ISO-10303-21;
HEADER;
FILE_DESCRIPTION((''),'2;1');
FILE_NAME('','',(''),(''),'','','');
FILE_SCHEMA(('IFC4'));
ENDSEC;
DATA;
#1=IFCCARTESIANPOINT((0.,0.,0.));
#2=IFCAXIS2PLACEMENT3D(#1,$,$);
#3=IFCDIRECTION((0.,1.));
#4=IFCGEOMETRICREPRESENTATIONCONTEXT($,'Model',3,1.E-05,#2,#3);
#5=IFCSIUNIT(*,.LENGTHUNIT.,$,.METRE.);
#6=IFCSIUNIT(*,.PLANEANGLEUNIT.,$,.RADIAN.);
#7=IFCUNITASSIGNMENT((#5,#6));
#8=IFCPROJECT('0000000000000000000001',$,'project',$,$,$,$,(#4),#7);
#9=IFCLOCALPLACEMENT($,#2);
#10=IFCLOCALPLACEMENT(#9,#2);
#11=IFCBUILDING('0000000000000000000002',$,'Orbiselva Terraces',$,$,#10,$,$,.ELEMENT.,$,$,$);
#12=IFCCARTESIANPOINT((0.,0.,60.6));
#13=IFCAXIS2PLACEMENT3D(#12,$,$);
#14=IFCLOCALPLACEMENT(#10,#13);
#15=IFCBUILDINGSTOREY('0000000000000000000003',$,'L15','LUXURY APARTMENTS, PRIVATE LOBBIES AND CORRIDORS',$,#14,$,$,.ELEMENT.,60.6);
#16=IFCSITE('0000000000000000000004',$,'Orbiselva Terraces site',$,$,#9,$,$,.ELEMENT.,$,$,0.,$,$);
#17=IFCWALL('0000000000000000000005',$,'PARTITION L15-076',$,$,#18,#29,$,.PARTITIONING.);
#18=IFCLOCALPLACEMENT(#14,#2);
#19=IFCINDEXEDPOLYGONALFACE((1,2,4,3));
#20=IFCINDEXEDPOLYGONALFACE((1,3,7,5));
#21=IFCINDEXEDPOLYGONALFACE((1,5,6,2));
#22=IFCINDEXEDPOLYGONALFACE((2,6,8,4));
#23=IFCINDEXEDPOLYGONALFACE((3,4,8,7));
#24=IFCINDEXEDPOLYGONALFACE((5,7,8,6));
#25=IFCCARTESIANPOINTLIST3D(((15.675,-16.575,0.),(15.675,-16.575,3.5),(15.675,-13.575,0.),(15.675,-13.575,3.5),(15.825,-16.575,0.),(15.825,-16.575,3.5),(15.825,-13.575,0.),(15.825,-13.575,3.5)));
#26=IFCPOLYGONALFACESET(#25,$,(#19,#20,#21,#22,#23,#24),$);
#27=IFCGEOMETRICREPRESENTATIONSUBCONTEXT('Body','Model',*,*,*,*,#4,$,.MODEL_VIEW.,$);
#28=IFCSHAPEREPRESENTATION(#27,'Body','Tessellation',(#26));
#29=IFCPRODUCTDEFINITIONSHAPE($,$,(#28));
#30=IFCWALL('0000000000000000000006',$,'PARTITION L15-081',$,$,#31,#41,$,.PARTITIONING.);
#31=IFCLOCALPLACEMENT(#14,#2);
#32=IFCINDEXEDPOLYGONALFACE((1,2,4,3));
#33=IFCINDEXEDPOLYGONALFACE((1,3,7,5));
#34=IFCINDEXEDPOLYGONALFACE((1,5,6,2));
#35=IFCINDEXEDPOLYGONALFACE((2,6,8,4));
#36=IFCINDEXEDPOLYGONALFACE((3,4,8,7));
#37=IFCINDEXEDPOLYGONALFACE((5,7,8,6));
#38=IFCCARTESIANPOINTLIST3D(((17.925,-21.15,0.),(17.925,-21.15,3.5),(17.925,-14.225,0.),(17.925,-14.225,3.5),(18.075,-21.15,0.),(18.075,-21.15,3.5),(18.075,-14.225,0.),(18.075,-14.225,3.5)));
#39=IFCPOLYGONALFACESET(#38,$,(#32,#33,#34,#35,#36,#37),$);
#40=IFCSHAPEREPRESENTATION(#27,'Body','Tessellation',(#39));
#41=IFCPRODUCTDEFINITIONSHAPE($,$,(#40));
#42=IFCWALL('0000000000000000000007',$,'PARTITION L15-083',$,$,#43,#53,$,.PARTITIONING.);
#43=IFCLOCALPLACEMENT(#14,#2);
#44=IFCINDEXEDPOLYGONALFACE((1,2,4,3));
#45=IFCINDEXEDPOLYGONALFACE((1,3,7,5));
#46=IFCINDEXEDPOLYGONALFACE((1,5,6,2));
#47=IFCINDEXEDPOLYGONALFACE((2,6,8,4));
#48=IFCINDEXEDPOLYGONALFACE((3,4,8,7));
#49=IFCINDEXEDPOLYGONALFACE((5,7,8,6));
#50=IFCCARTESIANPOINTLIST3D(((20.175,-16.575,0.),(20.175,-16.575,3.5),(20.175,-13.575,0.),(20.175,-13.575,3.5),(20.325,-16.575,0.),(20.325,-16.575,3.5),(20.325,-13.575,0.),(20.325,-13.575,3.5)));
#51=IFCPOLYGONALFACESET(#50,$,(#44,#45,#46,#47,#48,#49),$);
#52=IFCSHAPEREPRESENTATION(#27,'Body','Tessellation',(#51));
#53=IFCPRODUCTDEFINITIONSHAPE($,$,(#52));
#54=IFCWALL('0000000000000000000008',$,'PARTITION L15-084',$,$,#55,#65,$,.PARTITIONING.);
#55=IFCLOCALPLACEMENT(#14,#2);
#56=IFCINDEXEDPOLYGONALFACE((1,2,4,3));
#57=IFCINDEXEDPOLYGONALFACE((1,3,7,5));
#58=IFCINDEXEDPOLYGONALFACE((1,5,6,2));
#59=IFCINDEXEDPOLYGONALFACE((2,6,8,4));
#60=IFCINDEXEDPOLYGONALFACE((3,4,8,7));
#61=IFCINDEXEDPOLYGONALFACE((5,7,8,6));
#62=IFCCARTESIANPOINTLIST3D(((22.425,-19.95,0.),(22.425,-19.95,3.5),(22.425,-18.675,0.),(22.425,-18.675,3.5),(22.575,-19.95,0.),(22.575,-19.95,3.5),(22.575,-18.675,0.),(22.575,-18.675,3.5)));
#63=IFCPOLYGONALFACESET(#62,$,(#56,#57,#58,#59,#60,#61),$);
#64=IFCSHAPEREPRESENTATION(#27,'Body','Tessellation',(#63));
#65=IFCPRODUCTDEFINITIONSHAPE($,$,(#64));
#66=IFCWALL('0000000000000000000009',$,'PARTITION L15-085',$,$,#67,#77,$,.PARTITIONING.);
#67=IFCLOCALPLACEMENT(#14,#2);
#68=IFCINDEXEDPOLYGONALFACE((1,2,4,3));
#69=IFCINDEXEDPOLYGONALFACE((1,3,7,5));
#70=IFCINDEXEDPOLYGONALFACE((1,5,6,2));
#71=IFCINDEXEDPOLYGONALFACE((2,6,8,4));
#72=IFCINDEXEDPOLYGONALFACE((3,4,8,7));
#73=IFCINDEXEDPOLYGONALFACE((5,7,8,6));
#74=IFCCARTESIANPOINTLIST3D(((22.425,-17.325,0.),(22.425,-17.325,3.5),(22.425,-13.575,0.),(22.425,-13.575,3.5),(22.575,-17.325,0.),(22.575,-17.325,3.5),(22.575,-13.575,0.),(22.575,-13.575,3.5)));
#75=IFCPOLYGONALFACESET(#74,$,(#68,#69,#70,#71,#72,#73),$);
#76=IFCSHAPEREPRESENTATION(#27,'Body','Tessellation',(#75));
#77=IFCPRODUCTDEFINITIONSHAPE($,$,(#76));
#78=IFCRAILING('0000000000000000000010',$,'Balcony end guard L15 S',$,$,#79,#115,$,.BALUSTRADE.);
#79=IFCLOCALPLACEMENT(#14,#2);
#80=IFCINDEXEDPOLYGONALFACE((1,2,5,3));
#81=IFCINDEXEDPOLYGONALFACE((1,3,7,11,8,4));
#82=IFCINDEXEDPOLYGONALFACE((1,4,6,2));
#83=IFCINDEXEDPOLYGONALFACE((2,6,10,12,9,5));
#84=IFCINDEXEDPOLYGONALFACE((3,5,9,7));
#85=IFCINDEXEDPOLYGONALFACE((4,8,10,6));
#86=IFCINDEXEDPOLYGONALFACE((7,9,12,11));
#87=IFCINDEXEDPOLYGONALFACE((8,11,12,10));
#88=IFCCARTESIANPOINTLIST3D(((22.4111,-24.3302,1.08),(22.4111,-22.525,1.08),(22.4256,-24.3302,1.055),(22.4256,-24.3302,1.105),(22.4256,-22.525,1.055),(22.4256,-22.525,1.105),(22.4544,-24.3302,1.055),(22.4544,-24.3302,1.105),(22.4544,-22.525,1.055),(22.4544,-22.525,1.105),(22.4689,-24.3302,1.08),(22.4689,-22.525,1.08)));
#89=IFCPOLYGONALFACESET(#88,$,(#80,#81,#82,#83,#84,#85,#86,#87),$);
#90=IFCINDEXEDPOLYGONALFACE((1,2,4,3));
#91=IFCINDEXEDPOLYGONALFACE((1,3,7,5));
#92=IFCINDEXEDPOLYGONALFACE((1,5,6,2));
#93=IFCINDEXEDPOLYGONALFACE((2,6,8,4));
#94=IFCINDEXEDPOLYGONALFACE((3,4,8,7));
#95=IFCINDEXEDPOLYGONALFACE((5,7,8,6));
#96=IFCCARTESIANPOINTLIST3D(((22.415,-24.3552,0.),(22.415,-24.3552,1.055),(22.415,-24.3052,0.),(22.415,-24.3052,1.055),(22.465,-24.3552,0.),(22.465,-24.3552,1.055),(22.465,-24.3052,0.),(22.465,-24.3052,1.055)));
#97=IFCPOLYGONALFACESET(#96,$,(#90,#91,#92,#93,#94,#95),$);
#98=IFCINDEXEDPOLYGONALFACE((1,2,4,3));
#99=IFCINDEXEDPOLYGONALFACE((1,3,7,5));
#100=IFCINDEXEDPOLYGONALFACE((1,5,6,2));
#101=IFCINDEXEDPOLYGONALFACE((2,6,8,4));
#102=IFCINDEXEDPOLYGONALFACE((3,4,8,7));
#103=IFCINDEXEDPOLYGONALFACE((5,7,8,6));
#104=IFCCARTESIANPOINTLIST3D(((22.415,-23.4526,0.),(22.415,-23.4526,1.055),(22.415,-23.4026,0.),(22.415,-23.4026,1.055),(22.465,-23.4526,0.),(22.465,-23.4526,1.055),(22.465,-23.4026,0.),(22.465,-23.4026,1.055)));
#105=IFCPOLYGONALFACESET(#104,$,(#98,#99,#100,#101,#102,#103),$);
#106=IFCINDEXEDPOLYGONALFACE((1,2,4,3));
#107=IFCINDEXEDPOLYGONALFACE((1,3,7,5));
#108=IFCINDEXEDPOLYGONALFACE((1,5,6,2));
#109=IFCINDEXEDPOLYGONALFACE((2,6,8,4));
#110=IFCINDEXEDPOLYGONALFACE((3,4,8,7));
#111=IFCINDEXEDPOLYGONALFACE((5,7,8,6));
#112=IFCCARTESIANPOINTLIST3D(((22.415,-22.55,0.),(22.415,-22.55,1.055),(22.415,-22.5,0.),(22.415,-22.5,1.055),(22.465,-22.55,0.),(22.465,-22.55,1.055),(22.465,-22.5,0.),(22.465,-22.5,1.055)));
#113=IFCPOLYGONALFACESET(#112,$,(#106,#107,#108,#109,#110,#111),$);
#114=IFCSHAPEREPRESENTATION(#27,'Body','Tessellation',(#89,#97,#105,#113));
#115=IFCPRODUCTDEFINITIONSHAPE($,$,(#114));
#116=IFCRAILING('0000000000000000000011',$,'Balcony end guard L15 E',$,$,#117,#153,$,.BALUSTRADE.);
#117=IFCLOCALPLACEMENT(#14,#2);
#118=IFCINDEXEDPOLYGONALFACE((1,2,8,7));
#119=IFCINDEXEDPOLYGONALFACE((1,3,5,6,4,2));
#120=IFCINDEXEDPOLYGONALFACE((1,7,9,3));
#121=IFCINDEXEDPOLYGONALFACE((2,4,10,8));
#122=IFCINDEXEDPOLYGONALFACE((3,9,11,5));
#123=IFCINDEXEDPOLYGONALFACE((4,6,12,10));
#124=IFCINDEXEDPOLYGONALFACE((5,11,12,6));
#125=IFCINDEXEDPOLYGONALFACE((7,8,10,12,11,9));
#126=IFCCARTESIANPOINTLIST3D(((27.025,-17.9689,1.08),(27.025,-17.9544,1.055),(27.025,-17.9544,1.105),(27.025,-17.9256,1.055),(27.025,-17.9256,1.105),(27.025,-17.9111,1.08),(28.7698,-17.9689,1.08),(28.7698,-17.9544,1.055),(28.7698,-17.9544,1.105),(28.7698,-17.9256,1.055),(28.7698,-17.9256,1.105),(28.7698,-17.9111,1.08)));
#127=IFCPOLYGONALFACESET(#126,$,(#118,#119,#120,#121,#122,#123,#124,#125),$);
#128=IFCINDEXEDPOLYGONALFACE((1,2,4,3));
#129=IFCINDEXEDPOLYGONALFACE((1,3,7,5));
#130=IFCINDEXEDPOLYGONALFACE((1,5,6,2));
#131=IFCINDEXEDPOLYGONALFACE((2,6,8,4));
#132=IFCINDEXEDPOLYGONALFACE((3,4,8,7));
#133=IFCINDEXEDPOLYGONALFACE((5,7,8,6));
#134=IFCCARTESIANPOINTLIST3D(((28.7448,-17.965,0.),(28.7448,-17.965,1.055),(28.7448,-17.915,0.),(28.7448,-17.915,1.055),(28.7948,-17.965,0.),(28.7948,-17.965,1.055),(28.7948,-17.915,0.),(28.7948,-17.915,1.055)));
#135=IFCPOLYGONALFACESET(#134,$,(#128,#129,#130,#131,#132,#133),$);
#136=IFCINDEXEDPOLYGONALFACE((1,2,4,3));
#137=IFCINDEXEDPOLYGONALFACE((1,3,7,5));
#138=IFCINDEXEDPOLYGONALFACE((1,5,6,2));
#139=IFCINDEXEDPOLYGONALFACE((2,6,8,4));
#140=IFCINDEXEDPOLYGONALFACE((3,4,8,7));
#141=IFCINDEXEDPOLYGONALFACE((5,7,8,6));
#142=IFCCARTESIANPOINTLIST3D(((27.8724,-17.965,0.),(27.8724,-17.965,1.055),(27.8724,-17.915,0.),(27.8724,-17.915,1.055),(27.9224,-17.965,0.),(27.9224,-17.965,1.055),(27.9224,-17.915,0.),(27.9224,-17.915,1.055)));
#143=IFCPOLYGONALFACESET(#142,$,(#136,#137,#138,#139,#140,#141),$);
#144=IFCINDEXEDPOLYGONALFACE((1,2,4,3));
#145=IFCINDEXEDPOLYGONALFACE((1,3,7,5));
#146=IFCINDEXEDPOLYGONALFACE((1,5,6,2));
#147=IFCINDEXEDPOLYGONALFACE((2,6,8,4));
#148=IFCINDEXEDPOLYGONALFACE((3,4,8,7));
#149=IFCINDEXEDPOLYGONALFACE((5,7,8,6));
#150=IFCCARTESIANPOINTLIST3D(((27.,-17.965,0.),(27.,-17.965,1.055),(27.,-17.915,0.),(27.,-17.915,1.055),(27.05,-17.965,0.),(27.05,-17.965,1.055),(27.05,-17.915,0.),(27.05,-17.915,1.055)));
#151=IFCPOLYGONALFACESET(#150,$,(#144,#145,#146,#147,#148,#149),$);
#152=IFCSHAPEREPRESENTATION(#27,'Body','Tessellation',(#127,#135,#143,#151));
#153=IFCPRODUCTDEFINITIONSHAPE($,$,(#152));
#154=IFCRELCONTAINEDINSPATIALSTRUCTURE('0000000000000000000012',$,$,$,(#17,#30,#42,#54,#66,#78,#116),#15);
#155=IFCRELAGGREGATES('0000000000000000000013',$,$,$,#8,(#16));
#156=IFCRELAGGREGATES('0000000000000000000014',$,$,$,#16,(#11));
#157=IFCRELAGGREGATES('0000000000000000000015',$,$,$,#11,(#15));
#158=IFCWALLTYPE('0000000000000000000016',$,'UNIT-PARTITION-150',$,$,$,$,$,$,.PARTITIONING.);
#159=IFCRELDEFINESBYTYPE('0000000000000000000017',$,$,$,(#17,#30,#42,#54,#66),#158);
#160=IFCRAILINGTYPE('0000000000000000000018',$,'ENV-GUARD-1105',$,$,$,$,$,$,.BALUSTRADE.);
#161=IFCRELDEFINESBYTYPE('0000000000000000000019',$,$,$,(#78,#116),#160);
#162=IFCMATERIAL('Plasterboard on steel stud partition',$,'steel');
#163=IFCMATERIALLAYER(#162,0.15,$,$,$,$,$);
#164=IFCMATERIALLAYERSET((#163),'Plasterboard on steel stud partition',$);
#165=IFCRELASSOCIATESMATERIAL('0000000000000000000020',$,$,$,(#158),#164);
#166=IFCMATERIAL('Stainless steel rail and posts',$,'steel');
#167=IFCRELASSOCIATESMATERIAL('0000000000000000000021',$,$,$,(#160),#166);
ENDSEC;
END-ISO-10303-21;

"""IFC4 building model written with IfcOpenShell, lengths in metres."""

from ifc_helpers import new_model, si_unit, direction, frame, frame_2d, origin, origin_2d, place, context, subcontext, project, spatial, polyline, rectangle, outline, extrude, material, layer, layer_set, type_object, element, save


model = new_model("IFC4")

# Units and contexts
model_context = context("Model", 3, precision=1e-05, world=origin(), true_north=direction((0.0, 1.0)))
body_context = subcontext(model_context, "Body", "Model", "MODEL_VIEW")
ifc_project = project(units=[si_unit("LENGTHUNIT", "METRE"), si_unit("PLANEANGLEUNIT", "RADIAN")], contexts=[model_context])

# Site, building, storey
site_placement = place(None, origin())
site = spatial("IfcSite", under=ifc_project, at=site_placement, Name="Orbiselva Terraces site", CompositionType="ELEMENT", RefElevation=0.0)
building_placement = place(site_placement, origin())
building = spatial("IfcBuilding", under=site, at=building_placement, Name="Orbiselva Terraces", CompositionType="ELEMENT")
storey_placement = place(building_placement, frame((0.0, 0.0, 60.6)))
storey = spatial("IfcBuildingStorey", under=building, at=storey_placement, Name="L15", Description="LUXURY APARTMENTS, PRIVATE LOBBIES AND CORRIDORS", CompositionType="ELEMENT", Elevation=60.6)

# Walls
ifc_material_1 = material(Name="Plasterboard on steel stud partition", Category="steel")
ifc_layer_1 = layer(ifc_material_1, 0.15)
ifc_layer_set_1 = layer_set([ifc_layer_1], Name="Plasterboard on steel stud partition")
wall_type_1 = type_object("IfcWallType", Name="UNIT-PARTITION-150", PredefinedType="PARTITIONING", material=ifc_layer_set_1)
wall_1_placement = place(storey_placement, frame((15.75, -16.575, 0.0), z_axis=(0.0, 0.0, 1.0), x_axis=(0.0, 1.0, 0.0)))
element("IfcWall", 1, at=wall_1_placement, inside=storey, type_object=wall_type_1, Name="PARTITION L15-076", PredefinedType="PARTITIONING", context=body_context, shape_type="SweptSolid", body=[
    extrude(rectangle(XDim=3.0, YDim=0.15, at=frame_2d((1.5, 0.0))), origin(), (0.0, 0.0, 1.0), 3.5),
])
wall_2_placement = place(storey_placement, frame((18.0, -21.15, 0.0), z_axis=(0.0, 0.0, 1.0), x_axis=(0.0, 1.0, 0.0)))
element("IfcWall", 2, at=wall_2_placement, inside=storey, type_object=wall_type_1, Name="PARTITION L15-081", PredefinedType="PARTITIONING", context=body_context, shape_type="SweptSolid", body=[
    extrude(rectangle(XDim=6.925, YDim=0.15, at=frame_2d((3.4625, 0.0))), origin(), (0.0, 0.0, 1.0), 3.5),
])
wall_3_placement = place(storey_placement, frame((20.25, -16.575, 0.0), z_axis=(0.0, 0.0, 1.0), x_axis=(0.0, 1.0, 0.0)))
element("IfcWall", 3, at=wall_3_placement, inside=storey, type_object=wall_type_1, Name="PARTITION L15-083", PredefinedType="PARTITIONING", context=body_context, shape_type="SweptSolid", body=[
    extrude(rectangle(XDim=3.0, YDim=0.15, at=frame_2d((1.5, 0.0))), origin(), (0.0, 0.0, 1.0), 3.5),
])
wall_4_placement = place(storey_placement, frame((22.5, -19.95, 0.0), z_axis=(0.0, 0.0, 1.0), x_axis=(0.0, 1.0, 0.0)))
element("IfcWall", 4, at=wall_4_placement, inside=storey, type_object=wall_type_1, Name="PARTITION L15-084", PredefinedType="PARTITIONING", context=body_context, shape_type="SweptSolid", body=[
    extrude(rectangle(XDim=1.275, YDim=0.15, at=frame_2d((0.6375, 0.0))), origin(), (0.0, 0.0, 1.0), 3.5),
])
wall_5_placement = place(storey_placement, frame((22.5, -17.325, 0.0), z_axis=(0.0, 0.0, 1.0), x_axis=(0.0, 1.0, 0.0)))
element("IfcWall", 5, at=wall_5_placement, inside=storey, type_object=wall_type_1, Name="PARTITION L15-085", PredefinedType="PARTITIONING", context=body_context, shape_type="SweptSolid", body=[
    extrude(rectangle(XDim=3.75, YDim=0.15, at=frame_2d((1.875, 0.0))), origin(), (0.0, 0.0, 1.0), 3.5),
])

# Railings
ifc_material_2 = material(Name="Stainless steel rail and posts", Category="steel")
railing_type_1 = type_object("IfcRailingType", Name="ENV-GUARD-1105", PredefinedType="BALUSTRADE", material=ifc_material_2)
railing_1_placement = place(storey_placement, frame((22.44, -24.3302, 0.0)))
element("IfcRailing", 6, at=railing_1_placement, inside=storey, type_object=railing_type_1, Name="Balcony end guard L15 S", PredefinedType="BALUSTRADE", context=body_context, shape_type="SweptSolid", body=[
    extrude(outline(polyline([(0.0289, 0.0), (0.0144, 0.025), (-0.0144, 0.025), (-0.0289, 0.0), (-0.0144, -0.025), (0.0144, -0.025), (0.0289, 0.0)])), frame((0.0, 0.0, 1.08), z_axis=(0.0, 1.0, 0.0), x_axis=(-1.0, 0.0, 0.0)), (0.0, 0.0, 1.0), 1.8052),
    extrude(rectangle(XDim=0.05, YDim=0.05, at=origin_2d()), origin(), (0.0, 0.0, 1.0), 1.055),
    extrude(rectangle(XDim=0.05, YDim=0.05, at=origin_2d()), frame((0.0, 0.9026, 0.0)), (0.0, 0.0, 1.0), 1.055),
    extrude(rectangle(XDim=0.05, YDim=0.05, at=origin_2d()), frame((0.0, 1.8052, 0.0)), (0.0, 0.0, 1.0), 1.055),
])
railing_2_placement = place(storey_placement, frame((28.7698, -17.94, 0.0)))
element("IfcRailing", 7, at=railing_2_placement, inside=storey, type_object=railing_type_1, Name="Balcony end guard L15 E", PredefinedType="BALUSTRADE", context=body_context, shape_type="SweptSolid", body=[
    extrude(outline(polyline([(0.0289, 0.0), (0.0144, 0.025), (-0.0144, 0.025), (-0.0289, 0.0), (-0.0144, -0.025), (0.0144, -0.025), (0.0289, 0.0)])), frame((0.0, 0.0, 1.08), z_axis=(-1.0, 0.0, 0.0), x_axis=(0.0, -1.0, 0.0)), (0.0, 0.0, 1.0), 1.7448),
    extrude(rectangle(XDim=0.05, YDim=0.05, at=origin_2d()), origin(), (0.0, 0.0, 1.0), 1.055),
    extrude(rectangle(XDim=0.05, YDim=0.05, at=origin_2d()), frame((-0.8724, 0.0, 0.0)), (0.0, 0.0, 1.0), 1.055),
    extrude(rectangle(XDim=0.05, YDim=0.05, at=origin_2d()), frame((-1.7448, 0.0, 0.0)), (0.0, 0.0, 1.0), 1.055),
])

save(model, "model.ifc")
